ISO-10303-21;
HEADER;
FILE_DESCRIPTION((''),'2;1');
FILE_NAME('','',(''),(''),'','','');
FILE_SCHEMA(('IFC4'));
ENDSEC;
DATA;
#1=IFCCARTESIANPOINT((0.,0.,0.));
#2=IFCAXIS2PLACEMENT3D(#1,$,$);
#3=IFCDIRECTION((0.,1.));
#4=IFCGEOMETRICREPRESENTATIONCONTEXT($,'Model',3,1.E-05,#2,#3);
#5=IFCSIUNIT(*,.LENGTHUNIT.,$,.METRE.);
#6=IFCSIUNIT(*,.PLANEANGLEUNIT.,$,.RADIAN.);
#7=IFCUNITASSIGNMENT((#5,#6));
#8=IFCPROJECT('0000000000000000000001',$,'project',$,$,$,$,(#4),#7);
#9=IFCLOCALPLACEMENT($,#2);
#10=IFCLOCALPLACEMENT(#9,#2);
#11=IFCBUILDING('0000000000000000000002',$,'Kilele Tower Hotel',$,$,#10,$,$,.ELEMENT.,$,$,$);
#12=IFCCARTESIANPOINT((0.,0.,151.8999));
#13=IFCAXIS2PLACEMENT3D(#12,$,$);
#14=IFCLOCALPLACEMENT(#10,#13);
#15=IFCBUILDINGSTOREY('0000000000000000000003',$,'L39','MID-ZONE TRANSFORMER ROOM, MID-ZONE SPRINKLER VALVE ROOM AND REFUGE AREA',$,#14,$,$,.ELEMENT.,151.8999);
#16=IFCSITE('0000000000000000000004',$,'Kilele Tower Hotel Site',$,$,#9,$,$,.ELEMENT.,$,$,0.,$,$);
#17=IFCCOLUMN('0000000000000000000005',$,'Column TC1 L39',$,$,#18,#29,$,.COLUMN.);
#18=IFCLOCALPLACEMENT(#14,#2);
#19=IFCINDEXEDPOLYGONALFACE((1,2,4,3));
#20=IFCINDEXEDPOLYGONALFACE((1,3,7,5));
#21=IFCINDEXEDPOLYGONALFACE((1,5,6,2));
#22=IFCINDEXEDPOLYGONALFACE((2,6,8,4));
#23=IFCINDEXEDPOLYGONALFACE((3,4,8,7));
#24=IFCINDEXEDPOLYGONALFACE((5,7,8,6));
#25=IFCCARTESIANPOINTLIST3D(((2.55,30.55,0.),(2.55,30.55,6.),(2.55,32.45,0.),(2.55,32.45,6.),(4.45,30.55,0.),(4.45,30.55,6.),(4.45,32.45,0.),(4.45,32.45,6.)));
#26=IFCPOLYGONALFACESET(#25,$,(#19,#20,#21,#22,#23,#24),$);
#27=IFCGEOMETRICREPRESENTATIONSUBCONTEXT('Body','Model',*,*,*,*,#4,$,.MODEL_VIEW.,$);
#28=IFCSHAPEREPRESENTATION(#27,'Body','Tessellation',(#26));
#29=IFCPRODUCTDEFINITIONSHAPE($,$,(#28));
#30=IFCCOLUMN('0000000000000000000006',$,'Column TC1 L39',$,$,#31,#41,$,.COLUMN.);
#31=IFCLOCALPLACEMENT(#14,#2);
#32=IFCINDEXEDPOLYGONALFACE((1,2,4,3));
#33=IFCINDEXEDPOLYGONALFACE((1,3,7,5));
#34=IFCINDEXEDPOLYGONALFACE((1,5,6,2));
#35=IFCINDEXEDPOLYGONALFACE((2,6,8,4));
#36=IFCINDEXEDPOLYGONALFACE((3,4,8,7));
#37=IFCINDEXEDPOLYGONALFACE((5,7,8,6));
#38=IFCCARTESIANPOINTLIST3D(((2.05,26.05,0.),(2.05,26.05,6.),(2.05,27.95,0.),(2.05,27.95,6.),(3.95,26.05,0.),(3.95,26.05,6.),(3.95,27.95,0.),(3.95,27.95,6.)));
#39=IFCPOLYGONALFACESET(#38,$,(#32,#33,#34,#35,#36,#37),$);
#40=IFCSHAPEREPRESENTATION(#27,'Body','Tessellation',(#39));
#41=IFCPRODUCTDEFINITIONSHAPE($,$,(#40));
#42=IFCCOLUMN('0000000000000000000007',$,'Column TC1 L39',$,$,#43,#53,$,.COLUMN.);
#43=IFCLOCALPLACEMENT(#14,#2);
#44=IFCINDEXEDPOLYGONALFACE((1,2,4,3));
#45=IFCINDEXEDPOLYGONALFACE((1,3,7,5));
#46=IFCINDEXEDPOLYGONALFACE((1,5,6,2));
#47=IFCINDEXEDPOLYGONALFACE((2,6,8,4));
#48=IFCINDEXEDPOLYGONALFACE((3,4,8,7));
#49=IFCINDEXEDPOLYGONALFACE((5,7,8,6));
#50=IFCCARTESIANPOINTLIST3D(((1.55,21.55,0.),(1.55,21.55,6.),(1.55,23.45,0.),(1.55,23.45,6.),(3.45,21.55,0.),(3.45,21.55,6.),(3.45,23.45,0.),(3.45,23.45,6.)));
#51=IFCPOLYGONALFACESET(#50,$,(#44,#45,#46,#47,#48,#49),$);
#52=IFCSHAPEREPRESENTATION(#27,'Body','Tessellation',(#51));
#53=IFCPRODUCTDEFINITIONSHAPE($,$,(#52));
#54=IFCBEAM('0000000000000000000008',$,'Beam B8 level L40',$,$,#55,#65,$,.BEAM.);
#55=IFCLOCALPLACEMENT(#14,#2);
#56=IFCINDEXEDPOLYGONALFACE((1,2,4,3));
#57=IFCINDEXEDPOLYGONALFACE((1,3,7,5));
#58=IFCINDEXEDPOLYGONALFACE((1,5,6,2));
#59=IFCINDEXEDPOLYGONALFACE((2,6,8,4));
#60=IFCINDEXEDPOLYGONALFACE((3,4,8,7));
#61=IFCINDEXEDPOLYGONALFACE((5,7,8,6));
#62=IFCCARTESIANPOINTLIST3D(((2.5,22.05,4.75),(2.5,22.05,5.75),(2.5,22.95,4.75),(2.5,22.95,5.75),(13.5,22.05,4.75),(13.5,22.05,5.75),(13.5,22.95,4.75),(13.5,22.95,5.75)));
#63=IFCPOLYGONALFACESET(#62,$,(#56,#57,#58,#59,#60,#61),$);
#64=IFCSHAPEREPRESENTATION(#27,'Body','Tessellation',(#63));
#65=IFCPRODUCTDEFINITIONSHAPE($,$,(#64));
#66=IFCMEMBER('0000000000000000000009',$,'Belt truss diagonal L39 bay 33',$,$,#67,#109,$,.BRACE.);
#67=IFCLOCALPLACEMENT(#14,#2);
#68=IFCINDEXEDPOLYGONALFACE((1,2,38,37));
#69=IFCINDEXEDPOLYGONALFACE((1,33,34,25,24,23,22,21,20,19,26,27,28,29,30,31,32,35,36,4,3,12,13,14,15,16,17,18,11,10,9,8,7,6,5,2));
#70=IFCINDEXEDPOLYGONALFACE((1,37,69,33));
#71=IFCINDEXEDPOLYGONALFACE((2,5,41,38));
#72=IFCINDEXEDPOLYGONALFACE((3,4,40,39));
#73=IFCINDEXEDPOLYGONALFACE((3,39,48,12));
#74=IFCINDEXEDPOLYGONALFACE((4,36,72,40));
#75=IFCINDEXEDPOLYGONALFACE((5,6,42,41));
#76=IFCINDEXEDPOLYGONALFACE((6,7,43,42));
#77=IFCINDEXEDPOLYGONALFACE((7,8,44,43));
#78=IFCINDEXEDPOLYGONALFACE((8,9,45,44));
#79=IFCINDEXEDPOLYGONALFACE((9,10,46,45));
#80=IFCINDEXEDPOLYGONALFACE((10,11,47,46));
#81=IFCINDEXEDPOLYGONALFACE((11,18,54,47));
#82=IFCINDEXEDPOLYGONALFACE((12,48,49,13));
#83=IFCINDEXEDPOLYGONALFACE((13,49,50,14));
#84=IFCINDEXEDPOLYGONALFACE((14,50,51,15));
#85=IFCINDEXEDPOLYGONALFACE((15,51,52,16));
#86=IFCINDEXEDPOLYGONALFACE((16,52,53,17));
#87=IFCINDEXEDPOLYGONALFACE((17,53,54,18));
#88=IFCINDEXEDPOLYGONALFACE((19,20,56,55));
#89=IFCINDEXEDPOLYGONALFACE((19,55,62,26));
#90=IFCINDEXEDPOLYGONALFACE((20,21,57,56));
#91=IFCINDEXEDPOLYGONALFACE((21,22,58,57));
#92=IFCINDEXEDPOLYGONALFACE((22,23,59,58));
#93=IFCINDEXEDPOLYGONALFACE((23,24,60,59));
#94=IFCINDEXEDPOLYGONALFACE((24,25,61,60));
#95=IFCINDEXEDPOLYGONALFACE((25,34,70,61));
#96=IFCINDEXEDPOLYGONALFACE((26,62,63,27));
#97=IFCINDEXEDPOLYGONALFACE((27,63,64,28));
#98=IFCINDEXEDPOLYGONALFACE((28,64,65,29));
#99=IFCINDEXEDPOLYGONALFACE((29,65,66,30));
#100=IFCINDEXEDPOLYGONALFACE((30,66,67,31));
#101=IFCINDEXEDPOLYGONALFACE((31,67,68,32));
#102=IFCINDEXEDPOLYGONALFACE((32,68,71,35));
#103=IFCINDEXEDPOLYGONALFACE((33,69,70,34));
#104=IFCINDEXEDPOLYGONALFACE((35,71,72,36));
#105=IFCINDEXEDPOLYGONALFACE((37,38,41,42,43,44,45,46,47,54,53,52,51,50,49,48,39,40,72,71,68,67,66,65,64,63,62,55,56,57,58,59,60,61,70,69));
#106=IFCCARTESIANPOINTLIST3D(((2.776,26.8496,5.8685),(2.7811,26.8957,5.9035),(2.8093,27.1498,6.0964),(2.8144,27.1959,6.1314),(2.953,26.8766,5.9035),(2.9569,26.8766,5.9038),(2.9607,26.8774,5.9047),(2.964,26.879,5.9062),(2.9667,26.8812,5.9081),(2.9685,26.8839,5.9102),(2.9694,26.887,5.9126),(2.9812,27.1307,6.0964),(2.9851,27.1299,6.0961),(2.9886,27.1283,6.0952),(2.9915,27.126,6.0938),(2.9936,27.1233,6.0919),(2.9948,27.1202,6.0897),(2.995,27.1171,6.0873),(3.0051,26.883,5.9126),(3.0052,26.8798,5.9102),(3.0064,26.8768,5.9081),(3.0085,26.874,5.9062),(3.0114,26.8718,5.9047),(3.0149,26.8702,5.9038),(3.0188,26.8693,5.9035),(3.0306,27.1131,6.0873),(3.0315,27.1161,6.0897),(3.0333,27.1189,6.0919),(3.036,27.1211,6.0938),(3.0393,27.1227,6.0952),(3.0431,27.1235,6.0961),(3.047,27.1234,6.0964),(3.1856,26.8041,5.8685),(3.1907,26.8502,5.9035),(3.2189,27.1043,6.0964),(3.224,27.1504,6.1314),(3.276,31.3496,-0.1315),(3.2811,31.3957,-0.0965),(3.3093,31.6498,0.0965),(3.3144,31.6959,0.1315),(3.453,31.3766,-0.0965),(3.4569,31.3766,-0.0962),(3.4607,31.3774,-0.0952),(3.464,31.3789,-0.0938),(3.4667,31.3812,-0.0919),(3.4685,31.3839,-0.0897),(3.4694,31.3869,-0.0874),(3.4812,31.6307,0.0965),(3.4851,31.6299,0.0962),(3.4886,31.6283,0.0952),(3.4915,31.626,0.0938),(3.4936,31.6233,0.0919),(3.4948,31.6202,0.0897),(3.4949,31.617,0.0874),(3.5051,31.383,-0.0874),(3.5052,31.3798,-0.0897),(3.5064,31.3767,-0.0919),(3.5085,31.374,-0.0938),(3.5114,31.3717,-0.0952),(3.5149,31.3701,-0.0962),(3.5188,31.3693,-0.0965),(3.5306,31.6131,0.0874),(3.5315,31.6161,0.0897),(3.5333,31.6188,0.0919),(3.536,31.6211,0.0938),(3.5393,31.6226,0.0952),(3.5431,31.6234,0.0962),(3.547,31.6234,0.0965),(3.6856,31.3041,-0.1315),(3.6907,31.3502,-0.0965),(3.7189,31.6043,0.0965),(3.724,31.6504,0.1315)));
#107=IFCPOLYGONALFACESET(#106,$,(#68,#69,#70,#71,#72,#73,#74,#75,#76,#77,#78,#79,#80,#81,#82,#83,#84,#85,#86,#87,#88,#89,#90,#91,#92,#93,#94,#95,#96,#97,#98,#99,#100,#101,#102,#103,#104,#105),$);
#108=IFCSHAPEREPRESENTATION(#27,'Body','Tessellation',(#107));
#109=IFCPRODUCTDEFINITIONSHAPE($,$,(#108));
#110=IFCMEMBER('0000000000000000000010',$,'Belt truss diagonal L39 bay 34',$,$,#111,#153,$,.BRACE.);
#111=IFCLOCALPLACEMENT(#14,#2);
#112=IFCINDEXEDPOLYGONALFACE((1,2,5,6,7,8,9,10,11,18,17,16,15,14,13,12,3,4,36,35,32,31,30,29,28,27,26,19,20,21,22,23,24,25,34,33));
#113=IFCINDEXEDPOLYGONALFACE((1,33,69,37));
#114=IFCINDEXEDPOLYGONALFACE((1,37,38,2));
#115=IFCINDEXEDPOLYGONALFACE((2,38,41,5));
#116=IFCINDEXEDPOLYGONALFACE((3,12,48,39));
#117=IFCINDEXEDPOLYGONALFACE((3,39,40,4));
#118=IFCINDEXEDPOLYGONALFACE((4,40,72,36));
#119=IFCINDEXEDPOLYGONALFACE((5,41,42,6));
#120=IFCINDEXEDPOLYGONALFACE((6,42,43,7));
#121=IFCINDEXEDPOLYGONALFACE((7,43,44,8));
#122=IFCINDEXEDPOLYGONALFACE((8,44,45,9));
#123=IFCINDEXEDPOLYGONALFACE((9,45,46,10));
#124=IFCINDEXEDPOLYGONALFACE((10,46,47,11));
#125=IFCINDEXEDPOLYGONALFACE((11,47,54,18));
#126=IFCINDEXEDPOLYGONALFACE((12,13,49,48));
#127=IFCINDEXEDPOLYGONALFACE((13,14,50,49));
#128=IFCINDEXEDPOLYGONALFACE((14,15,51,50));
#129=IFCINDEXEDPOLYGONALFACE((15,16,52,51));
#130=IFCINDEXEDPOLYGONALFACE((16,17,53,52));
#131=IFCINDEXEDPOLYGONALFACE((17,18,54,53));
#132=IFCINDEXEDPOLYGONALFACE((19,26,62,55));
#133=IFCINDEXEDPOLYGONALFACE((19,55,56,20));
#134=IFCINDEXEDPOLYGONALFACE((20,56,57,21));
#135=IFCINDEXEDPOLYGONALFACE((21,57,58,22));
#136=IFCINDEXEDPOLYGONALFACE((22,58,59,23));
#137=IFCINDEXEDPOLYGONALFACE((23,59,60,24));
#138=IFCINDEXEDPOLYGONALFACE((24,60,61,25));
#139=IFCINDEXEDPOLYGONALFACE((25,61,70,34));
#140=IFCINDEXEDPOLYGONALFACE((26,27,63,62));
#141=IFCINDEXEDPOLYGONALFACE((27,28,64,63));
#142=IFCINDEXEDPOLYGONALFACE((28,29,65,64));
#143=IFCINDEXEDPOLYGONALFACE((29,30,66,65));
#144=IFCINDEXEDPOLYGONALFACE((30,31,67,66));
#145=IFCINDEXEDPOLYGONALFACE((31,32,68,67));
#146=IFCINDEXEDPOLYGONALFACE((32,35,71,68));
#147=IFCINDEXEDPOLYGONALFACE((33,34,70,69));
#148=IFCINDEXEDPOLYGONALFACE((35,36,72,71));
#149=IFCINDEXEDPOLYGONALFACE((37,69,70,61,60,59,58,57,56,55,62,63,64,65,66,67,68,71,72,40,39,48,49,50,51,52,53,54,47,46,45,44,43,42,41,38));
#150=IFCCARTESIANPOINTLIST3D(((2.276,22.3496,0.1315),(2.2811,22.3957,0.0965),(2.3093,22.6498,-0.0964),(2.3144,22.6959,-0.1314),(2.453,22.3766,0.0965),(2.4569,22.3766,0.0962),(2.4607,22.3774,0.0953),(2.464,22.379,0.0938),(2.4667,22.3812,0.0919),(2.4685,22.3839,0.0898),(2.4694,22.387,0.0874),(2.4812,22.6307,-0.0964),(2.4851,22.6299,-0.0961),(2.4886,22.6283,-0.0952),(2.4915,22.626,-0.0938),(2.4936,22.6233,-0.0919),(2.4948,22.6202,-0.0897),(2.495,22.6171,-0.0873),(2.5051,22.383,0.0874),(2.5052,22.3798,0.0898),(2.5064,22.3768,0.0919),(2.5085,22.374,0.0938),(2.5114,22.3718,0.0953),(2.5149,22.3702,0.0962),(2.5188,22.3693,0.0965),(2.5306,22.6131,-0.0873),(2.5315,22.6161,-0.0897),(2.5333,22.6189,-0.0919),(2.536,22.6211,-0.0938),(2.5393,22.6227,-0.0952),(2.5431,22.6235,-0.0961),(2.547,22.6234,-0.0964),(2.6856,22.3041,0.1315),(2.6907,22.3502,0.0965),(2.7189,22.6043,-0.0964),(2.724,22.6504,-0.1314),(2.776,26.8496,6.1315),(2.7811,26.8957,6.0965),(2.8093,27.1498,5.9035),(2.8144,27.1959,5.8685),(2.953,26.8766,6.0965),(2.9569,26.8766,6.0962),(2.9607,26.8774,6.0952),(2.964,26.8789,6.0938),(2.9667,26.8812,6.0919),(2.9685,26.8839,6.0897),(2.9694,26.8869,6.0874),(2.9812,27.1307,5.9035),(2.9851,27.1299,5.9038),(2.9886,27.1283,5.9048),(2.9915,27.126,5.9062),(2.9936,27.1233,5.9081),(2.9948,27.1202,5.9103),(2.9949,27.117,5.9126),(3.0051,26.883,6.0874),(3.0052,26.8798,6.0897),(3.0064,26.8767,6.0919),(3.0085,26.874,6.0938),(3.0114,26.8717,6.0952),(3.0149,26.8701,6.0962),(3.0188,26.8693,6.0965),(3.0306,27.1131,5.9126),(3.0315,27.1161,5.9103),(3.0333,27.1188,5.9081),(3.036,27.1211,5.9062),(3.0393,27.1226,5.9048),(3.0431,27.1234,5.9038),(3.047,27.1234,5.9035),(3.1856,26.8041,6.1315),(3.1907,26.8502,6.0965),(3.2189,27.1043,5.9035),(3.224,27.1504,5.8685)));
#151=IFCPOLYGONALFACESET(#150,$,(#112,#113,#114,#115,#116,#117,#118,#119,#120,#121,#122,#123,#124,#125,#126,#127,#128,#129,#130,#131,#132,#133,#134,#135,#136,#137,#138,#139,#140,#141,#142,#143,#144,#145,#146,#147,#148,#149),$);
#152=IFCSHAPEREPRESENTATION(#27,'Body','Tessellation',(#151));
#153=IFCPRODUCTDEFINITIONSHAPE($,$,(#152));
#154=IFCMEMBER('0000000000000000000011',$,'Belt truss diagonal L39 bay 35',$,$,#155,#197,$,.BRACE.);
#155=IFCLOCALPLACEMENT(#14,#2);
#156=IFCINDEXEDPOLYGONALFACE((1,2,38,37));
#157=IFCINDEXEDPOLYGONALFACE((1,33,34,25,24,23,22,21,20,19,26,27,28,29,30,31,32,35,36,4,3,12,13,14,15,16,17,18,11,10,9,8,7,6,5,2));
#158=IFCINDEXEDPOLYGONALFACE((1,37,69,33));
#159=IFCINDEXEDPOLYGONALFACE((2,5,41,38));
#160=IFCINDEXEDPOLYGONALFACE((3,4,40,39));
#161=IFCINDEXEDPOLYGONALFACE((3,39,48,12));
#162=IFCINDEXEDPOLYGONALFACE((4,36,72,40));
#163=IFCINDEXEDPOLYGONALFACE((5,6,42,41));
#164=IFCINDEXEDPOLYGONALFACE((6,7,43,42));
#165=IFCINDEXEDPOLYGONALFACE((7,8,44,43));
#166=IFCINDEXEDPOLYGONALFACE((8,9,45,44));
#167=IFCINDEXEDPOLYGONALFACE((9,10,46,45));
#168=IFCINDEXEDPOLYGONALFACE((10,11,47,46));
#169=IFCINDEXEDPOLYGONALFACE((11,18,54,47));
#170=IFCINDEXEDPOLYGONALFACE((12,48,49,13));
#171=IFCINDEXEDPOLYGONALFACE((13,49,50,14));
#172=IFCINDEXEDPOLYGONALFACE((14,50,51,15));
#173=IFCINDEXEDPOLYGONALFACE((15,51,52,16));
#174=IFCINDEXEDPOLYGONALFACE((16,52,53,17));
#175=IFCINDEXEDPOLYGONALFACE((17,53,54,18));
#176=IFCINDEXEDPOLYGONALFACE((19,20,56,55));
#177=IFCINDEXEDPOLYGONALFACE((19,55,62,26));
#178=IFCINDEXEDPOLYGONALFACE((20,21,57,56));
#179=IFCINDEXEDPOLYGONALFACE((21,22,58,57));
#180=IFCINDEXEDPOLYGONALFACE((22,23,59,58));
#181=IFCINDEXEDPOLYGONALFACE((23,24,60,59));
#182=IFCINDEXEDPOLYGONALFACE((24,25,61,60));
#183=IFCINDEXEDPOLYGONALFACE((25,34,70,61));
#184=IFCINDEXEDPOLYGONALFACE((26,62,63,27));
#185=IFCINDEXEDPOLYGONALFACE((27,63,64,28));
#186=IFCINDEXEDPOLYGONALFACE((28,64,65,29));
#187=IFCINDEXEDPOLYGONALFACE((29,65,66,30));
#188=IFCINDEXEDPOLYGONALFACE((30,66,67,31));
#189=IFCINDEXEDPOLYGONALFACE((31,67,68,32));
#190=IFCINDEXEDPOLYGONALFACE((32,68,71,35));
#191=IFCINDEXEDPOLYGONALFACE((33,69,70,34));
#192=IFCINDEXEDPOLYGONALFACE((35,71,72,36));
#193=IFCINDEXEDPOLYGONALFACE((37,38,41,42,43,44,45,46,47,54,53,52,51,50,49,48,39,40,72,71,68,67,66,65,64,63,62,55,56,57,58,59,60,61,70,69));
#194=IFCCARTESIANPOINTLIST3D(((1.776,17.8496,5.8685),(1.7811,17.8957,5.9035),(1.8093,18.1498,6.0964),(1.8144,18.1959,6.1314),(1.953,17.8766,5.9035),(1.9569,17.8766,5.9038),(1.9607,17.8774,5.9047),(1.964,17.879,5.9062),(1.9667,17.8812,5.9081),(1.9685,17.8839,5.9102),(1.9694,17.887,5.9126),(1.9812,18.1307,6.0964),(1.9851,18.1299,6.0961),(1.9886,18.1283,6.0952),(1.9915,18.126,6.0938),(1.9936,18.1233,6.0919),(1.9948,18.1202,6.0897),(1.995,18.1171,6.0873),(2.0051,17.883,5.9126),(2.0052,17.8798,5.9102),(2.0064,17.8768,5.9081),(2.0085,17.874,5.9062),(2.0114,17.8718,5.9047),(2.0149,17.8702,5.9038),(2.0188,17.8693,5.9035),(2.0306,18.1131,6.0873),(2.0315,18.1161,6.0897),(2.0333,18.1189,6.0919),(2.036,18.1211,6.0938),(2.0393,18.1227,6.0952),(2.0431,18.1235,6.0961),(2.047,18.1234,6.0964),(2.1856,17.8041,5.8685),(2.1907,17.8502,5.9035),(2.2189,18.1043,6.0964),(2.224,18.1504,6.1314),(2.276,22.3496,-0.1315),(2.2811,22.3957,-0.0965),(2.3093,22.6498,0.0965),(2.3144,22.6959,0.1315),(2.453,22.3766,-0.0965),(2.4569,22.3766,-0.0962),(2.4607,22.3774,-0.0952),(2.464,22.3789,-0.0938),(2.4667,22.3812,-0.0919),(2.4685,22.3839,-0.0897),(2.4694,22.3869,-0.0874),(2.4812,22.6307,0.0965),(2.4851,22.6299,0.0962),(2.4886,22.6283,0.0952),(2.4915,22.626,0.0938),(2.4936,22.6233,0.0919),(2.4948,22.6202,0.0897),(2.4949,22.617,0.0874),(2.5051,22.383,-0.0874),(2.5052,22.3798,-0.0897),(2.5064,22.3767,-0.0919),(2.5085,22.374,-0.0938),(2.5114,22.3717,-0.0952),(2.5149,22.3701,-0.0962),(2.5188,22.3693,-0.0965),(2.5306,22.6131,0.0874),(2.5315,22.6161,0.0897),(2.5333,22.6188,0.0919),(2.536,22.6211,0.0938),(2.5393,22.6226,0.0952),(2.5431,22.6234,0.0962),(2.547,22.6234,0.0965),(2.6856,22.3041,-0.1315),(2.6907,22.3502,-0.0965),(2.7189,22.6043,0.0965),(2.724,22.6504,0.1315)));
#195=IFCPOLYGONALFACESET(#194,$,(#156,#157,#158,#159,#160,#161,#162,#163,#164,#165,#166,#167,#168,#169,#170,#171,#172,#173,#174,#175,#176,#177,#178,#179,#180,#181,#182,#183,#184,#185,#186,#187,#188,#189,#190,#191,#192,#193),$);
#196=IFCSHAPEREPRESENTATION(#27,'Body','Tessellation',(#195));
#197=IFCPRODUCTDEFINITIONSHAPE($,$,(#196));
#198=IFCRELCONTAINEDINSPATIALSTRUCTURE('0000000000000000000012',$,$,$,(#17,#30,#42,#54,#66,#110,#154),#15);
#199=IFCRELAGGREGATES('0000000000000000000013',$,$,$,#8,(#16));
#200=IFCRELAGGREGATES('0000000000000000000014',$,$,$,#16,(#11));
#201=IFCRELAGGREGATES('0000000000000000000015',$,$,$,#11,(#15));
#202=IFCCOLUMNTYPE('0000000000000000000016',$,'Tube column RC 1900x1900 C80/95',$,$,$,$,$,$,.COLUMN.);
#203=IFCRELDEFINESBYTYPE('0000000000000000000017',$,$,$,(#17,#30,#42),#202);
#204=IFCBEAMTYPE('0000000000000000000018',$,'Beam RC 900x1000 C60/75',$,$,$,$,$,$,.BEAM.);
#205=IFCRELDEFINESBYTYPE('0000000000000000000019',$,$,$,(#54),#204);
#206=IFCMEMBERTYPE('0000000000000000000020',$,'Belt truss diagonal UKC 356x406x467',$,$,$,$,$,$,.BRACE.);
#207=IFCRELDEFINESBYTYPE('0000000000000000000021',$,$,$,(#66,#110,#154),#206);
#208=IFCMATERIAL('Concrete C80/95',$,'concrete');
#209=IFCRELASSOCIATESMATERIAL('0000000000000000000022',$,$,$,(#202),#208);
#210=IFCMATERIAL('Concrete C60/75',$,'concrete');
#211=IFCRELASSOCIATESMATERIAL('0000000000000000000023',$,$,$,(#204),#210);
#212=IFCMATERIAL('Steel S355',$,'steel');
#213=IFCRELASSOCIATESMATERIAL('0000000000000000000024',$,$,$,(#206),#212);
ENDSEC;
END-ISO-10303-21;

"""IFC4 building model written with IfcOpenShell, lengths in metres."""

from ifc_helpers import new_model, si_unit, direction, frame, origin, origin_2d, place, context, subcontext, project, spatial, rectangle, i_section, extrude, material, material_profile, profile_set, type_object, element, save


model = new_model("IFC4")

# Units and contexts
model_context = context("Model", 3, precision=1e-05, world=origin(), true_north=direction((0.0, 1.0)))
body_context = subcontext(model_context, "Body", "Model", "MODEL_VIEW")
ifc_project = project(units=[si_unit("LENGTHUNIT", "METRE"), si_unit("PLANEANGLEUNIT", "RADIAN")], contexts=[model_context])

# Site, building, storey
site_placement = place(None, origin())
site = spatial("IfcSite", under=ifc_project, at=site_placement, Name="Kilele Tower Hotel Site", CompositionType="ELEMENT", RefElevation=0.0)
building_placement = place(site_placement, origin())
building = spatial("IfcBuilding", under=site, at=building_placement, Name="Kilele Tower Hotel", CompositionType="ELEMENT")
storey_placement = place(building_placement, frame((0.0, 0.0, 151.8999)))
storey = spatial("IfcBuildingStorey", under=building, at=storey_placement, Name="L39", Description="MID-ZONE TRANSFORMER ROOM, MID-ZONE SPRINKLER VALVE ROOM AND REFUGE AREA", CompositionType="ELEMENT", Elevation=151.8999)

# Columns
ifc_material_1 = material(Name="Concrete C80/95", Category="concrete")
ifc_material_profile_1 = material_profile(ifc_material_1, rectangle(XDim=1.8999, YDim=1.8999, at=origin_2d()))
ifc_profile_set_1 = profile_set([ifc_material_profile_1], Name="Concrete C80/95")
column_type = type_object("IfcColumnType", Name="Tube column RC 1900x1900 C80/95", PredefinedType="COLUMN", material=ifc_profile_set_1)
for number, where, z_axis, x_axis, name in (
    (1, (3.5, 31.5, 0.0), (0.0, 0.0, 1.0), (1.0, 0.0, 0.0), "Column TC1 L39"),
    (2, (3.0, 27.0, 0.0), (0.0, 0.0, 1.0), (1.0, 0.0, 0.0), "Column TC1 L39"),
    (3, (2.5, 22.5, 0.0), (0.0, 0.0, 1.0), (1.0, 0.0, 0.0), "Column TC1 L39"),
):
    element("IfcColumn", number, at=place(storey_placement, frame(where, z_axis=z_axis, x_axis=x_axis)), inside=storey, type_object=column_type, Name=name, PredefinedType="COLUMN", context=body_context, shape_type="SweptSolid", body=[
        extrude(rectangle(XDim=1.8999, YDim=1.8999, at=origin_2d()), origin(), (0.0, 0.0, 1.0), 6.0),
    ])

# Beam
ifc_material_2 = material(Name="Concrete C60/75", Category="concrete")
ifc_material_profile_2 = material_profile(ifc_material_2, rectangle(XDim=0.8999, YDim=1.0, at=origin_2d()))
ifc_profile_set_2 = profile_set([ifc_material_profile_2], Name="Concrete C60/75")
beam_type_1 = type_object("IfcBeamType", Name="Beam RC 900x1000 C60/75", PredefinedType="BEAM", material=ifc_profile_set_2)
beam_1_placement = place(storey_placement, frame((2.5, 22.5, 5.25), z_axis=(1.0, 0.0, 0.0), x_axis=(0.0, 1.0, 0.0)))
element("IfcBeam", 4, at=beam_1_placement, inside=storey, type_object=beam_type_1, Name="Beam B8 level L40", PredefinedType="BEAM", context=body_context, shape_type="SweptSolid", body=[
    extrude(rectangle(XDim=0.8999, YDim=1.0, at=origin_2d()), origin(), (0.0, 0.0, 1.0), 11.0),
])

# Members
ifc_material_3 = material(Name="Steel S355", Category="steel")
ifc_material_profile_3 = material_profile(ifc_material_3, i_section(OverallWidth=0.4121, OverallDepth=0.4365, WebThickness=0.0359, FlangeThickness=0.0581, FilletRadius=0.0151, at=origin_2d()))
ifc_profile_set_3 = profile_set([ifc_material_profile_3], Name="Steel S355")
member_type = type_object("IfcMemberType", Name="Belt truss diagonal UKC 356x406x467", PredefinedType="BRACE", material=ifc_profile_set_3)
for number, where, z_axis, x_axis, name in (
    (5, (3.5, 31.5, 0.0), (-0.066519, -0.598671, 0.798228), (0.993884, -0.110432, 0.0), "Belt truss diagonal L39 bay 33"),
    (6, (3.0, 27.0, 6.0), (-0.066519, -0.598671, -0.798228), (0.993884, -0.110432, 0.0), "Belt truss diagonal L39 bay 34"),
    (7, (2.5, 22.5, 0.0), (-0.066519, -0.598671, 0.798228), (0.993884, -0.110432, 0.0), "Belt truss diagonal L39 bay 35"),
):
    element("IfcMember", number, at=place(storey_placement, frame(where, z_axis=z_axis, x_axis=x_axis)), inside=storey, type_object=member_type, Name=name, PredefinedType="BRACE", context=body_context, shape_type="SweptSolid", body=[
        extrude(i_section(OverallWidth=0.4121, OverallDepth=0.4365, WebThickness=0.0359, FlangeThickness=0.0581, FilletRadius=0.0151, at=origin_2d()), origin(), (0.0, 0.0, 1.0), 7.5166),
    ])

save(model, "model.ifc")
